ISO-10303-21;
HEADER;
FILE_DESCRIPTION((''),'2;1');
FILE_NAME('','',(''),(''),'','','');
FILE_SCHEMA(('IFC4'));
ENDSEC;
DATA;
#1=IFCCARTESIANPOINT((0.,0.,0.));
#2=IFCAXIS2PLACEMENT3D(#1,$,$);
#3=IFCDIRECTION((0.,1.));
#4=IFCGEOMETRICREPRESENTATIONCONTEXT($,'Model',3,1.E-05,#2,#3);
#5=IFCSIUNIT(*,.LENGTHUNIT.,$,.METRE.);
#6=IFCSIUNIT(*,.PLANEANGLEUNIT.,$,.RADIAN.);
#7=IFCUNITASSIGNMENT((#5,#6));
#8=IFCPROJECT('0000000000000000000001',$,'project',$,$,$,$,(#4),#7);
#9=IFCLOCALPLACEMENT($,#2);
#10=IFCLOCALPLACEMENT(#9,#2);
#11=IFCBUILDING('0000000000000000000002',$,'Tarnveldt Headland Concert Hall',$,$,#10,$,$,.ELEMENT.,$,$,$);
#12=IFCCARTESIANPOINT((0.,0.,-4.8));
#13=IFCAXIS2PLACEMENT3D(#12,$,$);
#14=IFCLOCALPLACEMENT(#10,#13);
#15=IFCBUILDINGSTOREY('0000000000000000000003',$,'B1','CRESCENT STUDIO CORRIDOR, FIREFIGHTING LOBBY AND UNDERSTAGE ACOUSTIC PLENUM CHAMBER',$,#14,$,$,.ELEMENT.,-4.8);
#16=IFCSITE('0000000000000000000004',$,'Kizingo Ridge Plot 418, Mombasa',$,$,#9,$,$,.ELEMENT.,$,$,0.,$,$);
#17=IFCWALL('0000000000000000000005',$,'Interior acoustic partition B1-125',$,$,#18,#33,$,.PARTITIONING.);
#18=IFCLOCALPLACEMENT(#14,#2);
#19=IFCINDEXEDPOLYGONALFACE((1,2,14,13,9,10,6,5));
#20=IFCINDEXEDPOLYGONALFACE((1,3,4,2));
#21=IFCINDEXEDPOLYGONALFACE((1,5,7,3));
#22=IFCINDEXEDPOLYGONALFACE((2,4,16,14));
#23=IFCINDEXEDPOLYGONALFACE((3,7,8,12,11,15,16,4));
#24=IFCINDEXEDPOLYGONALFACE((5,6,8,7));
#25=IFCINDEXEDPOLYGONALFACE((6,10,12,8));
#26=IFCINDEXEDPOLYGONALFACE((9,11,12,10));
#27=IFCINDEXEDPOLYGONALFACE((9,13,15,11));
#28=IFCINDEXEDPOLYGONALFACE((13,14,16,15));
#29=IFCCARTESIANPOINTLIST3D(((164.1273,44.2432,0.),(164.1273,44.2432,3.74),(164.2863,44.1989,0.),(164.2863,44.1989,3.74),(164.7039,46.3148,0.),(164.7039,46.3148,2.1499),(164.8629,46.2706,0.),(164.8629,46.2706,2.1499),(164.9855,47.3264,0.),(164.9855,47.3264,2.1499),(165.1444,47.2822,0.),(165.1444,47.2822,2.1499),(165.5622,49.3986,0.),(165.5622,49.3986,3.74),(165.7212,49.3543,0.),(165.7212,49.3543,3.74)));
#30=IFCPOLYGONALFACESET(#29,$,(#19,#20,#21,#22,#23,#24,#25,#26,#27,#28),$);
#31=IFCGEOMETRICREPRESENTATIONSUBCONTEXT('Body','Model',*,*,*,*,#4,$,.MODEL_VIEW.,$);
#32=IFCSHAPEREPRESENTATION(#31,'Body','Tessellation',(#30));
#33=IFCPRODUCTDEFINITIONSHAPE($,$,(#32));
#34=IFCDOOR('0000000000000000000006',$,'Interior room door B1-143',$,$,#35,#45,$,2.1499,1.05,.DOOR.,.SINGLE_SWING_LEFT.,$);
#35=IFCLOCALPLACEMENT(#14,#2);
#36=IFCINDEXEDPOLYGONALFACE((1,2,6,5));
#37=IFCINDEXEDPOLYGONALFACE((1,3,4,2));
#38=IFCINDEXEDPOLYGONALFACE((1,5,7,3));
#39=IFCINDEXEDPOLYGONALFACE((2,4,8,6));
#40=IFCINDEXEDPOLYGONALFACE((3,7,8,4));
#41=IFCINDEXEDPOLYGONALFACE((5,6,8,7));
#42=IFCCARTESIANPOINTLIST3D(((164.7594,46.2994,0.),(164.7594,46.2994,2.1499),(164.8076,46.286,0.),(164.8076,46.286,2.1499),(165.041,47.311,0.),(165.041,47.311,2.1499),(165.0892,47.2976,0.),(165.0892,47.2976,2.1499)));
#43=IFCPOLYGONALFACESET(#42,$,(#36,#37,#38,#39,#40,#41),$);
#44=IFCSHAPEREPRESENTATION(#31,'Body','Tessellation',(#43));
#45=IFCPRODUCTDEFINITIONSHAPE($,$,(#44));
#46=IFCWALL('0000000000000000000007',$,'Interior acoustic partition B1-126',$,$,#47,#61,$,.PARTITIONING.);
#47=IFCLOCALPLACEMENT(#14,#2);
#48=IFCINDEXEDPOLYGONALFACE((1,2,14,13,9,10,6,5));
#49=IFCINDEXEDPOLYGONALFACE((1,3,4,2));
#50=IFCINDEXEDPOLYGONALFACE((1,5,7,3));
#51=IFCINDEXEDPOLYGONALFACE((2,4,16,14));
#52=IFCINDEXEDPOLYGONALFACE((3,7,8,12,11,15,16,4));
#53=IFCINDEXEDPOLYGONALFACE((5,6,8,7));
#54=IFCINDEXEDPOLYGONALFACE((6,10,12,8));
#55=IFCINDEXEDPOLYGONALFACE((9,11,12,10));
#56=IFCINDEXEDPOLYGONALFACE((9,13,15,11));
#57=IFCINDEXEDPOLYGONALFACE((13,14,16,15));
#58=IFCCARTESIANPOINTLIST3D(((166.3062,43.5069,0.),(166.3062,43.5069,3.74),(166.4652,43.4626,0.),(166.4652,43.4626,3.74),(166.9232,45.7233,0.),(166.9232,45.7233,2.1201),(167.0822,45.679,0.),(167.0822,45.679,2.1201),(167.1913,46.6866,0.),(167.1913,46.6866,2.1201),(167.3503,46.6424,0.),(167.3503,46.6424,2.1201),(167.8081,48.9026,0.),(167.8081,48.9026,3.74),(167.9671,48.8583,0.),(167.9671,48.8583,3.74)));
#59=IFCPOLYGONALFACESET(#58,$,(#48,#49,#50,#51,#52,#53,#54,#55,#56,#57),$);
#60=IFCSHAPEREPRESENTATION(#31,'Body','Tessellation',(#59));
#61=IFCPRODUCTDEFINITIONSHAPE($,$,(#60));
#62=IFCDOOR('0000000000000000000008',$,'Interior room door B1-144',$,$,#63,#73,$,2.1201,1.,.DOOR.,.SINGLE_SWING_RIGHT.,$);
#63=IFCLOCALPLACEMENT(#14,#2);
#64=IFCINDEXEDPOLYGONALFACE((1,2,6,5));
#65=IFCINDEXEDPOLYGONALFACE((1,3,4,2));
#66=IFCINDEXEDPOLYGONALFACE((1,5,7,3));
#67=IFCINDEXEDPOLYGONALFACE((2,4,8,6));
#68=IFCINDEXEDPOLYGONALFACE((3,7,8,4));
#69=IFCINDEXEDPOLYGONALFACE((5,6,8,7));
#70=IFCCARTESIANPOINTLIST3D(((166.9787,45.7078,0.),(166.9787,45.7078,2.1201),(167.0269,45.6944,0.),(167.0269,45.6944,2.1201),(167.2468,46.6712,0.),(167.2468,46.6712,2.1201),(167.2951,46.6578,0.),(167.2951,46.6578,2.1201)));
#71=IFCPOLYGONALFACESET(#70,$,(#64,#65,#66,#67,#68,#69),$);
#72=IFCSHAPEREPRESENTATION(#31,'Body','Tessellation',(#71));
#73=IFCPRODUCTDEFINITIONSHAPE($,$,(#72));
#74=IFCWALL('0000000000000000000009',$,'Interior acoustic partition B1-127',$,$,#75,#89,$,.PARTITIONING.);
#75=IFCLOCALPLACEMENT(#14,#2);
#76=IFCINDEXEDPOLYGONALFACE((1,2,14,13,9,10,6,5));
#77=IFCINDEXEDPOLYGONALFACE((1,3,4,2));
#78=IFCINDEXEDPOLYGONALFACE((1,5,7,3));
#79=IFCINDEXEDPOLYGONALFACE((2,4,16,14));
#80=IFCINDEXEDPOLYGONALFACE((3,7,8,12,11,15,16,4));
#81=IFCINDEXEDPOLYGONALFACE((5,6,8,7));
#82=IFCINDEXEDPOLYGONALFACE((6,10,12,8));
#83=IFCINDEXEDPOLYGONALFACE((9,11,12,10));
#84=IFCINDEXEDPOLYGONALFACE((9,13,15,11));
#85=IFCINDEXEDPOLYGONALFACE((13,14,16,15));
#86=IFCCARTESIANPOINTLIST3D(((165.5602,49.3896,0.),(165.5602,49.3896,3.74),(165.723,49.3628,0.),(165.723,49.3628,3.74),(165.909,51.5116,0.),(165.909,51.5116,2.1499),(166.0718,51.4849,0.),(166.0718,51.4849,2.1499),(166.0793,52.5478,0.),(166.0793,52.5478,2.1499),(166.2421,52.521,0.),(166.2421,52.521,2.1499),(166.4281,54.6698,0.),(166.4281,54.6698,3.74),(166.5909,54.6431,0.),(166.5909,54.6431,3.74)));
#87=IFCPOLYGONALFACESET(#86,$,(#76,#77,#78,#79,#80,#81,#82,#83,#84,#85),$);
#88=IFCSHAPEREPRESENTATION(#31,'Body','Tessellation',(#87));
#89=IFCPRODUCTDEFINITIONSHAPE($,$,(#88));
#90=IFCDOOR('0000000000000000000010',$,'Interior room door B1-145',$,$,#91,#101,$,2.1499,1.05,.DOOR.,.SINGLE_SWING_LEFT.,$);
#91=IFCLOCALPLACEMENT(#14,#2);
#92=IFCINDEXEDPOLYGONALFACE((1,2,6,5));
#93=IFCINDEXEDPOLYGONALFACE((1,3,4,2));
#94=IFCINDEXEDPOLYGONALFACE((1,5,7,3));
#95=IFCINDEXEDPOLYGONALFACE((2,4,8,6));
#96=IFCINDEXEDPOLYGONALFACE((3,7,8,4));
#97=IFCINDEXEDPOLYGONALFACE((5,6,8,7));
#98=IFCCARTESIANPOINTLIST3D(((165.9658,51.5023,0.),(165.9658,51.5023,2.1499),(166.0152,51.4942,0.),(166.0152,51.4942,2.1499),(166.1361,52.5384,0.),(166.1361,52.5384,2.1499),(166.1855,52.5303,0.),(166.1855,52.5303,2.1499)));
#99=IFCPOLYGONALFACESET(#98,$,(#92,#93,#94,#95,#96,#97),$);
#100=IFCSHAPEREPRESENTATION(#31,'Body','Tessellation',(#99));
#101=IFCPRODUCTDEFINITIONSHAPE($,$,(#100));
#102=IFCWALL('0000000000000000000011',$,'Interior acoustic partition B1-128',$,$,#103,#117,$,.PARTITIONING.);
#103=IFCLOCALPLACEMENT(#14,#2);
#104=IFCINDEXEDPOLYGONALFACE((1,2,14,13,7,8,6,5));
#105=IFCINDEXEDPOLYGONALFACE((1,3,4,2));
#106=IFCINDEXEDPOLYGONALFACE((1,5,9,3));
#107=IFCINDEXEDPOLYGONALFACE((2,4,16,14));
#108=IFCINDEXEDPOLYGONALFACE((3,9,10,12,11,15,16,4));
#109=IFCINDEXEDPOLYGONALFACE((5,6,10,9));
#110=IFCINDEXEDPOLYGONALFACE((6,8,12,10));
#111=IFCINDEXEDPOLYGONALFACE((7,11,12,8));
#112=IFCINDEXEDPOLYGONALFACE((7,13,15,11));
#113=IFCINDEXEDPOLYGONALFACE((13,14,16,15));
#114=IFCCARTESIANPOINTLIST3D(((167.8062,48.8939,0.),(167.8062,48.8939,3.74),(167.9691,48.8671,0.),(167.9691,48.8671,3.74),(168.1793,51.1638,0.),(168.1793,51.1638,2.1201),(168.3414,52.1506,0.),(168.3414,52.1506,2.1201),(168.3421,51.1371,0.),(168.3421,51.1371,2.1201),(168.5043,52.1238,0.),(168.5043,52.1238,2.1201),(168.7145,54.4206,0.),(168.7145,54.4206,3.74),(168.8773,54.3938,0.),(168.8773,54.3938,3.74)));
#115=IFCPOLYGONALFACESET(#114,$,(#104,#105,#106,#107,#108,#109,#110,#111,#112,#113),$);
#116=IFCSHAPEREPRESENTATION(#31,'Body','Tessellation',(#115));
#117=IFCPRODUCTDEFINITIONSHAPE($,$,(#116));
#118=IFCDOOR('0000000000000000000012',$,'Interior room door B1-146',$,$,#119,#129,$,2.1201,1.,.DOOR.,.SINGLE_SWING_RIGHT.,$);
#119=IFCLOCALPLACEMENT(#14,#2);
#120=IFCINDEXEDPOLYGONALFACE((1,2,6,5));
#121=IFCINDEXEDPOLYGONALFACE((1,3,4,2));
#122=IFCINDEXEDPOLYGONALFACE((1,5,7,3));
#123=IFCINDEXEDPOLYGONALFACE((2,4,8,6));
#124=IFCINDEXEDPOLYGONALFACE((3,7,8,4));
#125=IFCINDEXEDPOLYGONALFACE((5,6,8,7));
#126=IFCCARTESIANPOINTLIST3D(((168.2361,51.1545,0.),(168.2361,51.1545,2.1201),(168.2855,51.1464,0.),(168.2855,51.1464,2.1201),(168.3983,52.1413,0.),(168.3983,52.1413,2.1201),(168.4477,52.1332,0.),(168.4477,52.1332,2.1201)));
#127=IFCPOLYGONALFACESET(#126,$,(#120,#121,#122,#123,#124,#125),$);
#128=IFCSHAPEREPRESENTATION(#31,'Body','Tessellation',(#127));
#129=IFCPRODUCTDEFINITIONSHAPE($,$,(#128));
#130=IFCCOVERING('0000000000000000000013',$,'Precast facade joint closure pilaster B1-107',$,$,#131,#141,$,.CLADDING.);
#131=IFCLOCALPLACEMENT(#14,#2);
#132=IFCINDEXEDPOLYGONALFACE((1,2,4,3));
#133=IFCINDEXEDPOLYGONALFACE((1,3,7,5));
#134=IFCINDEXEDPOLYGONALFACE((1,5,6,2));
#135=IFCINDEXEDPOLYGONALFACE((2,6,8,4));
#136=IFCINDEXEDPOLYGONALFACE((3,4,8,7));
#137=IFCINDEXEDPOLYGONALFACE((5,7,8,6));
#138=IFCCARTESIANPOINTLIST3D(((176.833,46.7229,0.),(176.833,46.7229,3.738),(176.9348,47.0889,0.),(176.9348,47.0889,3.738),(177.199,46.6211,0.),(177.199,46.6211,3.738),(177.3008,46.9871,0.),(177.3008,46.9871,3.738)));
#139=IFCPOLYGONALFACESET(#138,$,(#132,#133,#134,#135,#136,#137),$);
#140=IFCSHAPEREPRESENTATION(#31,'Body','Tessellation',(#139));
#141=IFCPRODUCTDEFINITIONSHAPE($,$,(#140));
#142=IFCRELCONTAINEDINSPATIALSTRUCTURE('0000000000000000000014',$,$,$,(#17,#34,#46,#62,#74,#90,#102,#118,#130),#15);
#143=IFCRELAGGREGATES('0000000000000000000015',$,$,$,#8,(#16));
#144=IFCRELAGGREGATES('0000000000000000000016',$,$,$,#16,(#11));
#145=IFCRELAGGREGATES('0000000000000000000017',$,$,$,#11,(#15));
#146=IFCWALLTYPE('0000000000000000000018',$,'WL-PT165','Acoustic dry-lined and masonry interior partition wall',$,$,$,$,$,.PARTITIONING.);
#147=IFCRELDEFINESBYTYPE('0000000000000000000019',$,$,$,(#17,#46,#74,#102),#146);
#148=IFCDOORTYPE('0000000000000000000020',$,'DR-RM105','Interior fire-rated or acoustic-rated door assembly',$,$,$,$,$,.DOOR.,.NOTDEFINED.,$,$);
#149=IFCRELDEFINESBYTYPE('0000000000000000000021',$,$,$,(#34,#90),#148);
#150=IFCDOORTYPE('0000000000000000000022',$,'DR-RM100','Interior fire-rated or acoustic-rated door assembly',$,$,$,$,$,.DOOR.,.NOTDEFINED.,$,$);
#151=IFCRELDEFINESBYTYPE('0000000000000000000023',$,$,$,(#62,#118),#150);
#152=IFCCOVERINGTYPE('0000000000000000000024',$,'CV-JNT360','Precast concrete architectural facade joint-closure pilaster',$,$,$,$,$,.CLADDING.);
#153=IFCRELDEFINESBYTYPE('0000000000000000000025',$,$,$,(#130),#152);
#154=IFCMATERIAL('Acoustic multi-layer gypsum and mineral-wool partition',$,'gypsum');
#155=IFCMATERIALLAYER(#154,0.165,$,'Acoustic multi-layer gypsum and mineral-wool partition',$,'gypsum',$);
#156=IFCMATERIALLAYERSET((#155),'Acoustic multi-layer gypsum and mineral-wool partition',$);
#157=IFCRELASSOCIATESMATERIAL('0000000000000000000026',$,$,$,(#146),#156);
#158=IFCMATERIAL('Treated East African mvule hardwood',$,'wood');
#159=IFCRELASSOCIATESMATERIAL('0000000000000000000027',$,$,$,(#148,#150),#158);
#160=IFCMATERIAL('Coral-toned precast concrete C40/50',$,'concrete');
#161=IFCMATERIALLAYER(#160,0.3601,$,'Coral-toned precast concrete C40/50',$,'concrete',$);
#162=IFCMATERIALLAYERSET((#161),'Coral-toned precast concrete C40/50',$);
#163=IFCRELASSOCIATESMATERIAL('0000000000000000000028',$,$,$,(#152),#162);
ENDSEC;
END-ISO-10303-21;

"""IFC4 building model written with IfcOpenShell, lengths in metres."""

from ifc_helpers import new_model, si_unit, direction, frame, frame_2d, origin, origin_2d, place, context, subcontext, project, spatial, rectangle, extrude, material, layer, layer_set, type_object, element, fill, save


model = new_model("IFC4")

# Units and contexts
model_context = context("Model", 3, precision=1e-05, world=origin(), true_north=direction((0.0, 1.0)))
body_context = subcontext(model_context, "Body", "Model", "MODEL_VIEW")
ifc_project = project(units=[si_unit("LENGTHUNIT", "METRE"), si_unit("PLANEANGLEUNIT", "RADIAN")], contexts=[model_context])

# Site, building, storey
site_placement = place(None, origin())
site = spatial("IfcSite", under=ifc_project, at=site_placement, Name="Kizingo Ridge Plot 418, Mombasa", CompositionType="ELEMENT", RefElevation=0.0)
building_placement = place(site_placement, origin())
building = spatial("IfcBuilding", under=site, at=building_placement, Name="Tarnveldt Headland Concert Hall", CompositionType="ELEMENT")
storey_placement = place(building_placement, frame((0.0, 0.0, -4.8)))
storey = spatial("IfcBuildingStorey", under=building, at=storey_placement, Name="B1", Description="CRESCENT STUDIO CORRIDOR, FIREFIGHTING LOBBY AND UNDERSTAGE ACOUSTIC PLENUM CHAMBER", CompositionType="ELEMENT", Elevation=-4.8)

# Shared definitions
ifc_material_1 = material(Name="Coral-toned precast concrete C40/50", Category="concrete")

# Walls, openings, doors
ifc_material_2 = material(Name="Acoustic multi-layer gypsum and mineral-wool partition", Category="gypsum")
ifc_layer_1 = layer(ifc_material_2, 0.165, Name="Acoustic multi-layer gypsum and mineral-wool partition", Category="gypsum")
ifc_layer_set_1 = layer_set([ifc_layer_1], Name="Acoustic multi-layer gypsum and mineral-wool partition")
wall_type_1 = type_object("IfcWallType", Name="WL-PT165", Description="Acoustic dry-lined and masonry interior partition wall", PredefinedType="PARTITIONING", material=ifc_layer_set_1)
wall_1_placement = place(storey_placement, frame((164.2068, 44.2209, 0.0), z_axis=(0.0, 0.0, 1.0), x_axis=(0.268129, 0.963383, 0.0)))
wall_1 = element("IfcWall", 1, at=wall_1_placement, inside=storey, type_object=wall_type_1, Name="Interior acoustic partition B1-125", PredefinedType="PARTITIONING", context=body_context, shape_type="SweptSolid", body=[
    extrude(rectangle(XDim=5.3513, YDim=0.165, at=frame_2d((2.6758, 0.0))), origin(), (0.0, 0.0, 1.0), 3.74),
])
opening_1_placement = place(wall_1_placement, frame((2.1506, 0.0, 0.0)))
opening_1 = element("IfcOpeningElement", 2, at=opening_1_placement, cuts=wall_1, PredefinedType="OPENING", context=body_context, shape_type="SweptSolid", body=[
    extrude(rectangle(XDim=1.05, YDim=2.1499, at=frame_2d((0.5249, 1.075))), frame((0.0, 0.0925, 0.0), z_axis=(0.0, -1.0, 0.0), x_axis=(1.0, 0.0, 0.0)), (0.0, 0.0, 1.0), 0.1851),
])
ifc_material_3 = material(Name="Treated East African mvule hardwood", Category="wood")
door_type_1 = type_object("IfcDoorType", Name="DR-RM105", Description="Interior fire-rated or acoustic-rated door assembly", OperationType="NOTDEFINED", PredefinedType="DOOR", material=ifc_material_3)
door_1_placement = place(opening_1_placement, origin())
door_1 = element("IfcDoor", 3, at=door_1_placement, inside=storey, type_object=door_type_1, Name="Interior room door B1-143", OperationType="SINGLE_SWING_LEFT", OverallHeight=2.1499, OverallWidth=1.05, PredefinedType="DOOR", context=body_context, shape_type="SweptSolid", body=[
    extrude(rectangle(XDim=1.05, YDim=2.1499, at=frame_2d((0.5249, 1.075))), frame((0.0, 0.0249, 0.0), z_axis=(0.0, -1.0, 0.0), x_axis=(1.0, 0.0, 0.0)), (0.0, 0.0, 1.0), 0.05),
])
fill(opening_1, door_1)
wall_2_placement = place(storey_placement, frame((166.3857, 43.4849, 0.0), z_axis=(0.0, 0.0, 1.0), x_axis=(0.268163, 0.963374, 0.0)))
wall_2 = element("IfcWall", 4, at=wall_2_placement, inside=storey, type_object=wall_type_1, Name="Interior acoustic partition B1-126", PredefinedType="PARTITIONING", context=body_context, shape_type="SweptSolid", body=[
    extrude(rectangle(XDim=5.6008, YDim=0.165, at=frame_2d((2.8003, 0.0))), origin(), (0.0, 0.0, 1.0), 3.74),
])
opening_2_placement = place(wall_2_placement, frame((2.3005, 0.0, 0.0)))
opening_2 = element("IfcOpeningElement", 5, at=opening_2_placement, cuts=wall_2, PredefinedType="OPENING", context=body_context, shape_type="SweptSolid", body=[
    extrude(rectangle(XDim=1.0, YDim=2.1201, at=frame_2d((0.5, 1.0601))), frame((0.0, 0.0925, 0.0), z_axis=(0.0, -1.0, 0.0), x_axis=(1.0, 0.0, 0.0)), (0.0, 0.0, 1.0), 0.1851),
])
door_type_2 = type_object("IfcDoorType", Name="DR-RM100", Description="Interior fire-rated or acoustic-rated door assembly", OperationType="NOTDEFINED", PredefinedType="DOOR", material=ifc_material_3)
door_2_placement = place(opening_2_placement, origin())
door_2 = element("IfcDoor", 6, at=door_2_placement, inside=storey, type_object=door_type_2, Name="Interior room door B1-144", OperationType="SINGLE_SWING_RIGHT", OverallHeight=2.1201, OverallWidth=1.0, PredefinedType="DOOR", context=body_context, shape_type="SweptSolid", body=[
    extrude(rectangle(XDim=1.0, YDim=2.1201, at=frame_2d((0.5, 1.0601))), frame((0.0, 0.0249, 0.0), z_axis=(0.0, -1.0, 0.0), x_axis=(1.0, 0.0, 0.0)), (0.0, 0.0, 1.0), 0.05),
])
fill(opening_2, door_2)
wall_3_placement = place(storey_placement, frame((165.6416, 49.3762, 0.0), z_axis=(0.0, 0.0, 1.0), x_axis=(0.162194, 0.986759, 0.0)))
wall_3 = element("IfcWall", 7, at=wall_3_placement, inside=storey, type_object=wall_type_1, Name="Interior acoustic partition B1-127", PredefinedType="PARTITIONING", context=body_context, shape_type="SweptSolid", body=[
    extrude(rectangle(XDim=5.3511, YDim=0.165, at=frame_2d((2.6755, 0.0))), origin(), (0.0, 0.0, 1.0), 3.74),
])
opening_3_placement = place(wall_3_placement, frame((2.1506, 0.0, 0.0)))
opening_3 = element("IfcOpeningElement", 8, at=opening_3_placement, cuts=wall_3, PredefinedType="OPENING", context=body_context, shape_type="SweptSolid", body=[
    extrude(rectangle(XDim=1.05, YDim=2.1499, at=frame_2d((0.5249, 1.075))), frame((0.0, 0.0925, 0.0), z_axis=(0.0, -1.0, 0.0), x_axis=(1.0, 0.0, 0.0)), (0.0, 0.0, 1.0), 0.1851),
])
door_3_placement = place(opening_3_placement, origin())
door_3 = element("IfcDoor", 9, at=door_3_placement, inside=storey, type_object=door_type_1, Name="Interior room door B1-145", OperationType="SINGLE_SWING_LEFT", OverallHeight=2.1499, OverallWidth=1.05, PredefinedType="DOOR", context=body_context, shape_type="SweptSolid", body=[
    extrude(rectangle(XDim=1.05, YDim=2.1499, at=frame_2d((0.5249, 1.075))), frame((0.0, 0.0249, 0.0), z_axis=(0.0, -1.0, 0.0), x_axis=(1.0, 0.0, 0.0)), (0.0, 0.0, 1.0), 0.05),
])
fill(opening_3, door_3)
wall_4_placement = place(storey_placement, frame((167.8877, 48.8806, 0.0), z_axis=(0.0, 0.0, 1.0), x_axis=(0.162158, 0.986765, 0.0)))
wall_4 = element("IfcWall", 10, at=wall_4_placement, inside=storey, type_object=wall_type_1, Name="Interior acoustic partition B1-128", PredefinedType="PARTITIONING", context=body_context, shape_type="SweptSolid", body=[
    extrude(rectangle(XDim=5.6008, YDim=0.165, at=frame_2d((2.8003, 0.0))), origin(), (0.0, 0.0, 1.0), 3.74),
])
opening_4_placement = place(wall_4_placement, frame((2.3003, 0.0, 0.0)))
opening_4 = element("IfcOpeningElement", 11, at=opening_4_placement, cuts=wall_4, PredefinedType="OPENING", context=body_context, shape_type="SweptSolid", body=[
    extrude(rectangle(XDim=1.0, YDim=2.1201, at=frame_2d((0.5, 1.0601))), frame((0.0, 0.0925, 0.0), z_axis=(0.0, -1.0, 0.0), x_axis=(1.0, 0.0, 0.0)), (0.0, 0.0, 1.0), 0.1851),
])
door_4_placement = place(opening_4_placement, origin())
door_4 = element("IfcDoor", 12, at=door_4_placement, inside=storey, type_object=door_type_2, Name="Interior room door B1-146", OperationType="SINGLE_SWING_RIGHT", OverallHeight=2.1201, OverallWidth=1.0, PredefinedType="DOOR", context=body_context, shape_type="SweptSolid", body=[
    extrude(rectangle(XDim=1.0, YDim=2.1201, at=frame_2d((0.5, 1.0601))), frame((0.0, 0.0249, 0.0), z_axis=(0.0, -1.0, 0.0), x_axis=(1.0, 0.0, 0.0)), (0.0, 0.0, 1.0), 0.05),
])
fill(opening_4, door_4)

# Covering
ifc_layer_2 = layer(ifc_material_1, 0.3601, Name="Coral-toned precast concrete C40/50", Category="concrete")
ifc_layer_set_2 = layer_set([ifc_layer_2], Name="Coral-toned precast concrete C40/50")
covering_type = type_object("IfcCoveringType", Name="CV-JNT360", Description="Precast concrete architectural facade joint-closure pilaster", PredefinedType="CLADDING", material=ifc_layer_set_2)
covering_placement = place(storey_placement, frame((177.0669, 46.855, 0.0), z_axis=(0.0, 0.0, 1.0), x_axis=(-0.268079, -0.963397, 0.0)))
element("IfcCovering", 13, at=covering_placement, inside=storey, type_object=covering_type, Name="Precast facade joint closure pilaster B1-107", PredefinedType="CLADDING", context=body_context, shape_type="SweptSolid", body=[
    extrude(rectangle(XDim=0.3799, YDim=0.3799, at=origin_2d()), origin(), (0.0, 0.0, 1.0), 3.738),
])

save(model, "model.ifc")
